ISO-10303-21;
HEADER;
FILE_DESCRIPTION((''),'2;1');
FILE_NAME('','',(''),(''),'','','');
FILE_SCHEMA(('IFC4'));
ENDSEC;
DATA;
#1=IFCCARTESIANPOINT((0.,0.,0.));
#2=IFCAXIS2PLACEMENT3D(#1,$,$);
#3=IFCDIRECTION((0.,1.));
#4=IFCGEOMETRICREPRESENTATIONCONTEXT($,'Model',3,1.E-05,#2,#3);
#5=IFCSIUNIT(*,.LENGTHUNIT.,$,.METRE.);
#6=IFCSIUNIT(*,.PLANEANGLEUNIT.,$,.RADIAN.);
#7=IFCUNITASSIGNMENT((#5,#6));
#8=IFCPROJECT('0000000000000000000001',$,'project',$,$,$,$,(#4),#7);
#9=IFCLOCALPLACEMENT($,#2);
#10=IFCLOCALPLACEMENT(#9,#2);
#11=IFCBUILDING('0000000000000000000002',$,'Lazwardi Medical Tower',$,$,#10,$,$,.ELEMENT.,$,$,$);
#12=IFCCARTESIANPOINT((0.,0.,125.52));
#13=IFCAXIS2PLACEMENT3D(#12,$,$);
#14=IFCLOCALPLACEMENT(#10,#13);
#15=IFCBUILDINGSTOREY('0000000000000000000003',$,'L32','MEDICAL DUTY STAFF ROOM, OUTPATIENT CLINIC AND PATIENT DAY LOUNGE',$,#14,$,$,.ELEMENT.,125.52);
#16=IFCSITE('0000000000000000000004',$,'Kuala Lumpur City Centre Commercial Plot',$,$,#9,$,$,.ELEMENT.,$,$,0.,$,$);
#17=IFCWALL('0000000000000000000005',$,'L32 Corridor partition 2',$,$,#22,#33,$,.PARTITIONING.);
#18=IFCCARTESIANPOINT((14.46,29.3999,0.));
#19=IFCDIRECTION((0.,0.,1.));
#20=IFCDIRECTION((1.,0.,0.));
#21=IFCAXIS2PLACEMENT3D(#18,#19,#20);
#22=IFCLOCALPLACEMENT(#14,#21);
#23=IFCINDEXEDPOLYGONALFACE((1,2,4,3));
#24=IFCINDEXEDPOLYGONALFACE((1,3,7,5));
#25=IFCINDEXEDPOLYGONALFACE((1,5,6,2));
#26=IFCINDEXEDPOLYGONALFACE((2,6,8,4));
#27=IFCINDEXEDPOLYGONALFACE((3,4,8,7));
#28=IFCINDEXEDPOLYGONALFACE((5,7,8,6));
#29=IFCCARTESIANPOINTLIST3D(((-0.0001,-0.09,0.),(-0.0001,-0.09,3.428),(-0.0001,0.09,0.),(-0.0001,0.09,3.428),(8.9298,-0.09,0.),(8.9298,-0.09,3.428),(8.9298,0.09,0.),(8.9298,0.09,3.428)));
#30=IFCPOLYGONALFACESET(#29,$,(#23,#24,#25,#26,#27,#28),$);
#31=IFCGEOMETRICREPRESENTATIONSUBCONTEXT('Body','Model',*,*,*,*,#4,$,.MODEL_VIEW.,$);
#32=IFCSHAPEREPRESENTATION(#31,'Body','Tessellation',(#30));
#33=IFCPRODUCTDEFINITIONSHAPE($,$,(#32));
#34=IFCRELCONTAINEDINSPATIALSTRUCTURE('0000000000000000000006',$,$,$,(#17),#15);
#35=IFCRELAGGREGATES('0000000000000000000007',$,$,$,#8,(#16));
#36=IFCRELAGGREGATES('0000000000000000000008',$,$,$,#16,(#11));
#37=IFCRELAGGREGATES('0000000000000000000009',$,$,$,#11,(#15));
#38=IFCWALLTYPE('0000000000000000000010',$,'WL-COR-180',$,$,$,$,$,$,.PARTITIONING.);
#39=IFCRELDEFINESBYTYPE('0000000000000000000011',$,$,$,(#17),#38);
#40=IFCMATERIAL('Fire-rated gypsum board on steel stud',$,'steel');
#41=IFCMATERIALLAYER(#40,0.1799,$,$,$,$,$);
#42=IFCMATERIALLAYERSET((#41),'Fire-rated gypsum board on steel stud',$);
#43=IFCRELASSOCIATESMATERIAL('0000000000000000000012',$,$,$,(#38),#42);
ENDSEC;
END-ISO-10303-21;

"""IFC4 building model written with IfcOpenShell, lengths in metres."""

from ifc_helpers import new_model, si_unit, direction, frame, frame_2d, origin, place, context, subcontext, project, spatial, rectangle, extrude, material, layer, layer_set, type_object, element, save


model = new_model("IFC4")

# Units and contexts
model_context = context("Model", 3, precision=1e-05, world=origin(), true_north=direction((0.0, 1.0)))
body_context = subcontext(model_context, "Body", "Model", "MODEL_VIEW")
ifc_project = project(units=[si_unit("LENGTHUNIT", "METRE"), si_unit("PLANEANGLEUNIT", "RADIAN")], contexts=[model_context])

# Site, building, storey
site_placement = place(None, origin())
site = spatial("IfcSite", under=ifc_project, at=site_placement, Name="Kuala Lumpur City Centre Commercial Plot", CompositionType="ELEMENT", RefElevation=0.0)
building_placement = place(site_placement, origin())
building = spatial("IfcBuilding", under=site, at=building_placement, Name="Lazwardi Medical Tower", CompositionType="ELEMENT")
storey_placement = place(building_placement, frame((0.0, 0.0, 125.52)))
storey = spatial("IfcBuildingStorey", under=building, at=storey_placement, Name="L32", Description="MEDICAL DUTY STAFF ROOM, OUTPATIENT CLINIC AND PATIENT DAY LOUNGE", CompositionType="ELEMENT", Elevation=125.52)

# Wall
ifc_material_1 = material(Name="Fire-rated gypsum board on steel stud", Category="steel")
ifc_layer_1 = layer(ifc_material_1, 0.1799)
ifc_layer_set_1 = layer_set([ifc_layer_1], Name="Fire-rated gypsum board on steel stud")
wall_type = type_object("IfcWallType", Name="WL-COR-180", PredefinedType="PARTITIONING", material=ifc_layer_set_1)
wall_1_placement = place(storey_placement, frame((14.46, 29.3999, 0.0), z_axis=(0.0, 0.0, 1.0), x_axis=(1.0, 0.0, 0.0)))
element("IfcWall", 1, at=wall_1_placement, inside=storey, type_object=wall_type, Name="L32 Corridor partition 2", PredefinedType="PARTITIONING", context=body_context, shape_type="SweptSolid", body=[
    extrude(rectangle(XDim=8.9299, YDim=0.1799, at=frame_2d((4.4648, 0.0))), origin(), (0.0, 0.0, 1.0), 3.428),
])

save(model, "model.ifc")
